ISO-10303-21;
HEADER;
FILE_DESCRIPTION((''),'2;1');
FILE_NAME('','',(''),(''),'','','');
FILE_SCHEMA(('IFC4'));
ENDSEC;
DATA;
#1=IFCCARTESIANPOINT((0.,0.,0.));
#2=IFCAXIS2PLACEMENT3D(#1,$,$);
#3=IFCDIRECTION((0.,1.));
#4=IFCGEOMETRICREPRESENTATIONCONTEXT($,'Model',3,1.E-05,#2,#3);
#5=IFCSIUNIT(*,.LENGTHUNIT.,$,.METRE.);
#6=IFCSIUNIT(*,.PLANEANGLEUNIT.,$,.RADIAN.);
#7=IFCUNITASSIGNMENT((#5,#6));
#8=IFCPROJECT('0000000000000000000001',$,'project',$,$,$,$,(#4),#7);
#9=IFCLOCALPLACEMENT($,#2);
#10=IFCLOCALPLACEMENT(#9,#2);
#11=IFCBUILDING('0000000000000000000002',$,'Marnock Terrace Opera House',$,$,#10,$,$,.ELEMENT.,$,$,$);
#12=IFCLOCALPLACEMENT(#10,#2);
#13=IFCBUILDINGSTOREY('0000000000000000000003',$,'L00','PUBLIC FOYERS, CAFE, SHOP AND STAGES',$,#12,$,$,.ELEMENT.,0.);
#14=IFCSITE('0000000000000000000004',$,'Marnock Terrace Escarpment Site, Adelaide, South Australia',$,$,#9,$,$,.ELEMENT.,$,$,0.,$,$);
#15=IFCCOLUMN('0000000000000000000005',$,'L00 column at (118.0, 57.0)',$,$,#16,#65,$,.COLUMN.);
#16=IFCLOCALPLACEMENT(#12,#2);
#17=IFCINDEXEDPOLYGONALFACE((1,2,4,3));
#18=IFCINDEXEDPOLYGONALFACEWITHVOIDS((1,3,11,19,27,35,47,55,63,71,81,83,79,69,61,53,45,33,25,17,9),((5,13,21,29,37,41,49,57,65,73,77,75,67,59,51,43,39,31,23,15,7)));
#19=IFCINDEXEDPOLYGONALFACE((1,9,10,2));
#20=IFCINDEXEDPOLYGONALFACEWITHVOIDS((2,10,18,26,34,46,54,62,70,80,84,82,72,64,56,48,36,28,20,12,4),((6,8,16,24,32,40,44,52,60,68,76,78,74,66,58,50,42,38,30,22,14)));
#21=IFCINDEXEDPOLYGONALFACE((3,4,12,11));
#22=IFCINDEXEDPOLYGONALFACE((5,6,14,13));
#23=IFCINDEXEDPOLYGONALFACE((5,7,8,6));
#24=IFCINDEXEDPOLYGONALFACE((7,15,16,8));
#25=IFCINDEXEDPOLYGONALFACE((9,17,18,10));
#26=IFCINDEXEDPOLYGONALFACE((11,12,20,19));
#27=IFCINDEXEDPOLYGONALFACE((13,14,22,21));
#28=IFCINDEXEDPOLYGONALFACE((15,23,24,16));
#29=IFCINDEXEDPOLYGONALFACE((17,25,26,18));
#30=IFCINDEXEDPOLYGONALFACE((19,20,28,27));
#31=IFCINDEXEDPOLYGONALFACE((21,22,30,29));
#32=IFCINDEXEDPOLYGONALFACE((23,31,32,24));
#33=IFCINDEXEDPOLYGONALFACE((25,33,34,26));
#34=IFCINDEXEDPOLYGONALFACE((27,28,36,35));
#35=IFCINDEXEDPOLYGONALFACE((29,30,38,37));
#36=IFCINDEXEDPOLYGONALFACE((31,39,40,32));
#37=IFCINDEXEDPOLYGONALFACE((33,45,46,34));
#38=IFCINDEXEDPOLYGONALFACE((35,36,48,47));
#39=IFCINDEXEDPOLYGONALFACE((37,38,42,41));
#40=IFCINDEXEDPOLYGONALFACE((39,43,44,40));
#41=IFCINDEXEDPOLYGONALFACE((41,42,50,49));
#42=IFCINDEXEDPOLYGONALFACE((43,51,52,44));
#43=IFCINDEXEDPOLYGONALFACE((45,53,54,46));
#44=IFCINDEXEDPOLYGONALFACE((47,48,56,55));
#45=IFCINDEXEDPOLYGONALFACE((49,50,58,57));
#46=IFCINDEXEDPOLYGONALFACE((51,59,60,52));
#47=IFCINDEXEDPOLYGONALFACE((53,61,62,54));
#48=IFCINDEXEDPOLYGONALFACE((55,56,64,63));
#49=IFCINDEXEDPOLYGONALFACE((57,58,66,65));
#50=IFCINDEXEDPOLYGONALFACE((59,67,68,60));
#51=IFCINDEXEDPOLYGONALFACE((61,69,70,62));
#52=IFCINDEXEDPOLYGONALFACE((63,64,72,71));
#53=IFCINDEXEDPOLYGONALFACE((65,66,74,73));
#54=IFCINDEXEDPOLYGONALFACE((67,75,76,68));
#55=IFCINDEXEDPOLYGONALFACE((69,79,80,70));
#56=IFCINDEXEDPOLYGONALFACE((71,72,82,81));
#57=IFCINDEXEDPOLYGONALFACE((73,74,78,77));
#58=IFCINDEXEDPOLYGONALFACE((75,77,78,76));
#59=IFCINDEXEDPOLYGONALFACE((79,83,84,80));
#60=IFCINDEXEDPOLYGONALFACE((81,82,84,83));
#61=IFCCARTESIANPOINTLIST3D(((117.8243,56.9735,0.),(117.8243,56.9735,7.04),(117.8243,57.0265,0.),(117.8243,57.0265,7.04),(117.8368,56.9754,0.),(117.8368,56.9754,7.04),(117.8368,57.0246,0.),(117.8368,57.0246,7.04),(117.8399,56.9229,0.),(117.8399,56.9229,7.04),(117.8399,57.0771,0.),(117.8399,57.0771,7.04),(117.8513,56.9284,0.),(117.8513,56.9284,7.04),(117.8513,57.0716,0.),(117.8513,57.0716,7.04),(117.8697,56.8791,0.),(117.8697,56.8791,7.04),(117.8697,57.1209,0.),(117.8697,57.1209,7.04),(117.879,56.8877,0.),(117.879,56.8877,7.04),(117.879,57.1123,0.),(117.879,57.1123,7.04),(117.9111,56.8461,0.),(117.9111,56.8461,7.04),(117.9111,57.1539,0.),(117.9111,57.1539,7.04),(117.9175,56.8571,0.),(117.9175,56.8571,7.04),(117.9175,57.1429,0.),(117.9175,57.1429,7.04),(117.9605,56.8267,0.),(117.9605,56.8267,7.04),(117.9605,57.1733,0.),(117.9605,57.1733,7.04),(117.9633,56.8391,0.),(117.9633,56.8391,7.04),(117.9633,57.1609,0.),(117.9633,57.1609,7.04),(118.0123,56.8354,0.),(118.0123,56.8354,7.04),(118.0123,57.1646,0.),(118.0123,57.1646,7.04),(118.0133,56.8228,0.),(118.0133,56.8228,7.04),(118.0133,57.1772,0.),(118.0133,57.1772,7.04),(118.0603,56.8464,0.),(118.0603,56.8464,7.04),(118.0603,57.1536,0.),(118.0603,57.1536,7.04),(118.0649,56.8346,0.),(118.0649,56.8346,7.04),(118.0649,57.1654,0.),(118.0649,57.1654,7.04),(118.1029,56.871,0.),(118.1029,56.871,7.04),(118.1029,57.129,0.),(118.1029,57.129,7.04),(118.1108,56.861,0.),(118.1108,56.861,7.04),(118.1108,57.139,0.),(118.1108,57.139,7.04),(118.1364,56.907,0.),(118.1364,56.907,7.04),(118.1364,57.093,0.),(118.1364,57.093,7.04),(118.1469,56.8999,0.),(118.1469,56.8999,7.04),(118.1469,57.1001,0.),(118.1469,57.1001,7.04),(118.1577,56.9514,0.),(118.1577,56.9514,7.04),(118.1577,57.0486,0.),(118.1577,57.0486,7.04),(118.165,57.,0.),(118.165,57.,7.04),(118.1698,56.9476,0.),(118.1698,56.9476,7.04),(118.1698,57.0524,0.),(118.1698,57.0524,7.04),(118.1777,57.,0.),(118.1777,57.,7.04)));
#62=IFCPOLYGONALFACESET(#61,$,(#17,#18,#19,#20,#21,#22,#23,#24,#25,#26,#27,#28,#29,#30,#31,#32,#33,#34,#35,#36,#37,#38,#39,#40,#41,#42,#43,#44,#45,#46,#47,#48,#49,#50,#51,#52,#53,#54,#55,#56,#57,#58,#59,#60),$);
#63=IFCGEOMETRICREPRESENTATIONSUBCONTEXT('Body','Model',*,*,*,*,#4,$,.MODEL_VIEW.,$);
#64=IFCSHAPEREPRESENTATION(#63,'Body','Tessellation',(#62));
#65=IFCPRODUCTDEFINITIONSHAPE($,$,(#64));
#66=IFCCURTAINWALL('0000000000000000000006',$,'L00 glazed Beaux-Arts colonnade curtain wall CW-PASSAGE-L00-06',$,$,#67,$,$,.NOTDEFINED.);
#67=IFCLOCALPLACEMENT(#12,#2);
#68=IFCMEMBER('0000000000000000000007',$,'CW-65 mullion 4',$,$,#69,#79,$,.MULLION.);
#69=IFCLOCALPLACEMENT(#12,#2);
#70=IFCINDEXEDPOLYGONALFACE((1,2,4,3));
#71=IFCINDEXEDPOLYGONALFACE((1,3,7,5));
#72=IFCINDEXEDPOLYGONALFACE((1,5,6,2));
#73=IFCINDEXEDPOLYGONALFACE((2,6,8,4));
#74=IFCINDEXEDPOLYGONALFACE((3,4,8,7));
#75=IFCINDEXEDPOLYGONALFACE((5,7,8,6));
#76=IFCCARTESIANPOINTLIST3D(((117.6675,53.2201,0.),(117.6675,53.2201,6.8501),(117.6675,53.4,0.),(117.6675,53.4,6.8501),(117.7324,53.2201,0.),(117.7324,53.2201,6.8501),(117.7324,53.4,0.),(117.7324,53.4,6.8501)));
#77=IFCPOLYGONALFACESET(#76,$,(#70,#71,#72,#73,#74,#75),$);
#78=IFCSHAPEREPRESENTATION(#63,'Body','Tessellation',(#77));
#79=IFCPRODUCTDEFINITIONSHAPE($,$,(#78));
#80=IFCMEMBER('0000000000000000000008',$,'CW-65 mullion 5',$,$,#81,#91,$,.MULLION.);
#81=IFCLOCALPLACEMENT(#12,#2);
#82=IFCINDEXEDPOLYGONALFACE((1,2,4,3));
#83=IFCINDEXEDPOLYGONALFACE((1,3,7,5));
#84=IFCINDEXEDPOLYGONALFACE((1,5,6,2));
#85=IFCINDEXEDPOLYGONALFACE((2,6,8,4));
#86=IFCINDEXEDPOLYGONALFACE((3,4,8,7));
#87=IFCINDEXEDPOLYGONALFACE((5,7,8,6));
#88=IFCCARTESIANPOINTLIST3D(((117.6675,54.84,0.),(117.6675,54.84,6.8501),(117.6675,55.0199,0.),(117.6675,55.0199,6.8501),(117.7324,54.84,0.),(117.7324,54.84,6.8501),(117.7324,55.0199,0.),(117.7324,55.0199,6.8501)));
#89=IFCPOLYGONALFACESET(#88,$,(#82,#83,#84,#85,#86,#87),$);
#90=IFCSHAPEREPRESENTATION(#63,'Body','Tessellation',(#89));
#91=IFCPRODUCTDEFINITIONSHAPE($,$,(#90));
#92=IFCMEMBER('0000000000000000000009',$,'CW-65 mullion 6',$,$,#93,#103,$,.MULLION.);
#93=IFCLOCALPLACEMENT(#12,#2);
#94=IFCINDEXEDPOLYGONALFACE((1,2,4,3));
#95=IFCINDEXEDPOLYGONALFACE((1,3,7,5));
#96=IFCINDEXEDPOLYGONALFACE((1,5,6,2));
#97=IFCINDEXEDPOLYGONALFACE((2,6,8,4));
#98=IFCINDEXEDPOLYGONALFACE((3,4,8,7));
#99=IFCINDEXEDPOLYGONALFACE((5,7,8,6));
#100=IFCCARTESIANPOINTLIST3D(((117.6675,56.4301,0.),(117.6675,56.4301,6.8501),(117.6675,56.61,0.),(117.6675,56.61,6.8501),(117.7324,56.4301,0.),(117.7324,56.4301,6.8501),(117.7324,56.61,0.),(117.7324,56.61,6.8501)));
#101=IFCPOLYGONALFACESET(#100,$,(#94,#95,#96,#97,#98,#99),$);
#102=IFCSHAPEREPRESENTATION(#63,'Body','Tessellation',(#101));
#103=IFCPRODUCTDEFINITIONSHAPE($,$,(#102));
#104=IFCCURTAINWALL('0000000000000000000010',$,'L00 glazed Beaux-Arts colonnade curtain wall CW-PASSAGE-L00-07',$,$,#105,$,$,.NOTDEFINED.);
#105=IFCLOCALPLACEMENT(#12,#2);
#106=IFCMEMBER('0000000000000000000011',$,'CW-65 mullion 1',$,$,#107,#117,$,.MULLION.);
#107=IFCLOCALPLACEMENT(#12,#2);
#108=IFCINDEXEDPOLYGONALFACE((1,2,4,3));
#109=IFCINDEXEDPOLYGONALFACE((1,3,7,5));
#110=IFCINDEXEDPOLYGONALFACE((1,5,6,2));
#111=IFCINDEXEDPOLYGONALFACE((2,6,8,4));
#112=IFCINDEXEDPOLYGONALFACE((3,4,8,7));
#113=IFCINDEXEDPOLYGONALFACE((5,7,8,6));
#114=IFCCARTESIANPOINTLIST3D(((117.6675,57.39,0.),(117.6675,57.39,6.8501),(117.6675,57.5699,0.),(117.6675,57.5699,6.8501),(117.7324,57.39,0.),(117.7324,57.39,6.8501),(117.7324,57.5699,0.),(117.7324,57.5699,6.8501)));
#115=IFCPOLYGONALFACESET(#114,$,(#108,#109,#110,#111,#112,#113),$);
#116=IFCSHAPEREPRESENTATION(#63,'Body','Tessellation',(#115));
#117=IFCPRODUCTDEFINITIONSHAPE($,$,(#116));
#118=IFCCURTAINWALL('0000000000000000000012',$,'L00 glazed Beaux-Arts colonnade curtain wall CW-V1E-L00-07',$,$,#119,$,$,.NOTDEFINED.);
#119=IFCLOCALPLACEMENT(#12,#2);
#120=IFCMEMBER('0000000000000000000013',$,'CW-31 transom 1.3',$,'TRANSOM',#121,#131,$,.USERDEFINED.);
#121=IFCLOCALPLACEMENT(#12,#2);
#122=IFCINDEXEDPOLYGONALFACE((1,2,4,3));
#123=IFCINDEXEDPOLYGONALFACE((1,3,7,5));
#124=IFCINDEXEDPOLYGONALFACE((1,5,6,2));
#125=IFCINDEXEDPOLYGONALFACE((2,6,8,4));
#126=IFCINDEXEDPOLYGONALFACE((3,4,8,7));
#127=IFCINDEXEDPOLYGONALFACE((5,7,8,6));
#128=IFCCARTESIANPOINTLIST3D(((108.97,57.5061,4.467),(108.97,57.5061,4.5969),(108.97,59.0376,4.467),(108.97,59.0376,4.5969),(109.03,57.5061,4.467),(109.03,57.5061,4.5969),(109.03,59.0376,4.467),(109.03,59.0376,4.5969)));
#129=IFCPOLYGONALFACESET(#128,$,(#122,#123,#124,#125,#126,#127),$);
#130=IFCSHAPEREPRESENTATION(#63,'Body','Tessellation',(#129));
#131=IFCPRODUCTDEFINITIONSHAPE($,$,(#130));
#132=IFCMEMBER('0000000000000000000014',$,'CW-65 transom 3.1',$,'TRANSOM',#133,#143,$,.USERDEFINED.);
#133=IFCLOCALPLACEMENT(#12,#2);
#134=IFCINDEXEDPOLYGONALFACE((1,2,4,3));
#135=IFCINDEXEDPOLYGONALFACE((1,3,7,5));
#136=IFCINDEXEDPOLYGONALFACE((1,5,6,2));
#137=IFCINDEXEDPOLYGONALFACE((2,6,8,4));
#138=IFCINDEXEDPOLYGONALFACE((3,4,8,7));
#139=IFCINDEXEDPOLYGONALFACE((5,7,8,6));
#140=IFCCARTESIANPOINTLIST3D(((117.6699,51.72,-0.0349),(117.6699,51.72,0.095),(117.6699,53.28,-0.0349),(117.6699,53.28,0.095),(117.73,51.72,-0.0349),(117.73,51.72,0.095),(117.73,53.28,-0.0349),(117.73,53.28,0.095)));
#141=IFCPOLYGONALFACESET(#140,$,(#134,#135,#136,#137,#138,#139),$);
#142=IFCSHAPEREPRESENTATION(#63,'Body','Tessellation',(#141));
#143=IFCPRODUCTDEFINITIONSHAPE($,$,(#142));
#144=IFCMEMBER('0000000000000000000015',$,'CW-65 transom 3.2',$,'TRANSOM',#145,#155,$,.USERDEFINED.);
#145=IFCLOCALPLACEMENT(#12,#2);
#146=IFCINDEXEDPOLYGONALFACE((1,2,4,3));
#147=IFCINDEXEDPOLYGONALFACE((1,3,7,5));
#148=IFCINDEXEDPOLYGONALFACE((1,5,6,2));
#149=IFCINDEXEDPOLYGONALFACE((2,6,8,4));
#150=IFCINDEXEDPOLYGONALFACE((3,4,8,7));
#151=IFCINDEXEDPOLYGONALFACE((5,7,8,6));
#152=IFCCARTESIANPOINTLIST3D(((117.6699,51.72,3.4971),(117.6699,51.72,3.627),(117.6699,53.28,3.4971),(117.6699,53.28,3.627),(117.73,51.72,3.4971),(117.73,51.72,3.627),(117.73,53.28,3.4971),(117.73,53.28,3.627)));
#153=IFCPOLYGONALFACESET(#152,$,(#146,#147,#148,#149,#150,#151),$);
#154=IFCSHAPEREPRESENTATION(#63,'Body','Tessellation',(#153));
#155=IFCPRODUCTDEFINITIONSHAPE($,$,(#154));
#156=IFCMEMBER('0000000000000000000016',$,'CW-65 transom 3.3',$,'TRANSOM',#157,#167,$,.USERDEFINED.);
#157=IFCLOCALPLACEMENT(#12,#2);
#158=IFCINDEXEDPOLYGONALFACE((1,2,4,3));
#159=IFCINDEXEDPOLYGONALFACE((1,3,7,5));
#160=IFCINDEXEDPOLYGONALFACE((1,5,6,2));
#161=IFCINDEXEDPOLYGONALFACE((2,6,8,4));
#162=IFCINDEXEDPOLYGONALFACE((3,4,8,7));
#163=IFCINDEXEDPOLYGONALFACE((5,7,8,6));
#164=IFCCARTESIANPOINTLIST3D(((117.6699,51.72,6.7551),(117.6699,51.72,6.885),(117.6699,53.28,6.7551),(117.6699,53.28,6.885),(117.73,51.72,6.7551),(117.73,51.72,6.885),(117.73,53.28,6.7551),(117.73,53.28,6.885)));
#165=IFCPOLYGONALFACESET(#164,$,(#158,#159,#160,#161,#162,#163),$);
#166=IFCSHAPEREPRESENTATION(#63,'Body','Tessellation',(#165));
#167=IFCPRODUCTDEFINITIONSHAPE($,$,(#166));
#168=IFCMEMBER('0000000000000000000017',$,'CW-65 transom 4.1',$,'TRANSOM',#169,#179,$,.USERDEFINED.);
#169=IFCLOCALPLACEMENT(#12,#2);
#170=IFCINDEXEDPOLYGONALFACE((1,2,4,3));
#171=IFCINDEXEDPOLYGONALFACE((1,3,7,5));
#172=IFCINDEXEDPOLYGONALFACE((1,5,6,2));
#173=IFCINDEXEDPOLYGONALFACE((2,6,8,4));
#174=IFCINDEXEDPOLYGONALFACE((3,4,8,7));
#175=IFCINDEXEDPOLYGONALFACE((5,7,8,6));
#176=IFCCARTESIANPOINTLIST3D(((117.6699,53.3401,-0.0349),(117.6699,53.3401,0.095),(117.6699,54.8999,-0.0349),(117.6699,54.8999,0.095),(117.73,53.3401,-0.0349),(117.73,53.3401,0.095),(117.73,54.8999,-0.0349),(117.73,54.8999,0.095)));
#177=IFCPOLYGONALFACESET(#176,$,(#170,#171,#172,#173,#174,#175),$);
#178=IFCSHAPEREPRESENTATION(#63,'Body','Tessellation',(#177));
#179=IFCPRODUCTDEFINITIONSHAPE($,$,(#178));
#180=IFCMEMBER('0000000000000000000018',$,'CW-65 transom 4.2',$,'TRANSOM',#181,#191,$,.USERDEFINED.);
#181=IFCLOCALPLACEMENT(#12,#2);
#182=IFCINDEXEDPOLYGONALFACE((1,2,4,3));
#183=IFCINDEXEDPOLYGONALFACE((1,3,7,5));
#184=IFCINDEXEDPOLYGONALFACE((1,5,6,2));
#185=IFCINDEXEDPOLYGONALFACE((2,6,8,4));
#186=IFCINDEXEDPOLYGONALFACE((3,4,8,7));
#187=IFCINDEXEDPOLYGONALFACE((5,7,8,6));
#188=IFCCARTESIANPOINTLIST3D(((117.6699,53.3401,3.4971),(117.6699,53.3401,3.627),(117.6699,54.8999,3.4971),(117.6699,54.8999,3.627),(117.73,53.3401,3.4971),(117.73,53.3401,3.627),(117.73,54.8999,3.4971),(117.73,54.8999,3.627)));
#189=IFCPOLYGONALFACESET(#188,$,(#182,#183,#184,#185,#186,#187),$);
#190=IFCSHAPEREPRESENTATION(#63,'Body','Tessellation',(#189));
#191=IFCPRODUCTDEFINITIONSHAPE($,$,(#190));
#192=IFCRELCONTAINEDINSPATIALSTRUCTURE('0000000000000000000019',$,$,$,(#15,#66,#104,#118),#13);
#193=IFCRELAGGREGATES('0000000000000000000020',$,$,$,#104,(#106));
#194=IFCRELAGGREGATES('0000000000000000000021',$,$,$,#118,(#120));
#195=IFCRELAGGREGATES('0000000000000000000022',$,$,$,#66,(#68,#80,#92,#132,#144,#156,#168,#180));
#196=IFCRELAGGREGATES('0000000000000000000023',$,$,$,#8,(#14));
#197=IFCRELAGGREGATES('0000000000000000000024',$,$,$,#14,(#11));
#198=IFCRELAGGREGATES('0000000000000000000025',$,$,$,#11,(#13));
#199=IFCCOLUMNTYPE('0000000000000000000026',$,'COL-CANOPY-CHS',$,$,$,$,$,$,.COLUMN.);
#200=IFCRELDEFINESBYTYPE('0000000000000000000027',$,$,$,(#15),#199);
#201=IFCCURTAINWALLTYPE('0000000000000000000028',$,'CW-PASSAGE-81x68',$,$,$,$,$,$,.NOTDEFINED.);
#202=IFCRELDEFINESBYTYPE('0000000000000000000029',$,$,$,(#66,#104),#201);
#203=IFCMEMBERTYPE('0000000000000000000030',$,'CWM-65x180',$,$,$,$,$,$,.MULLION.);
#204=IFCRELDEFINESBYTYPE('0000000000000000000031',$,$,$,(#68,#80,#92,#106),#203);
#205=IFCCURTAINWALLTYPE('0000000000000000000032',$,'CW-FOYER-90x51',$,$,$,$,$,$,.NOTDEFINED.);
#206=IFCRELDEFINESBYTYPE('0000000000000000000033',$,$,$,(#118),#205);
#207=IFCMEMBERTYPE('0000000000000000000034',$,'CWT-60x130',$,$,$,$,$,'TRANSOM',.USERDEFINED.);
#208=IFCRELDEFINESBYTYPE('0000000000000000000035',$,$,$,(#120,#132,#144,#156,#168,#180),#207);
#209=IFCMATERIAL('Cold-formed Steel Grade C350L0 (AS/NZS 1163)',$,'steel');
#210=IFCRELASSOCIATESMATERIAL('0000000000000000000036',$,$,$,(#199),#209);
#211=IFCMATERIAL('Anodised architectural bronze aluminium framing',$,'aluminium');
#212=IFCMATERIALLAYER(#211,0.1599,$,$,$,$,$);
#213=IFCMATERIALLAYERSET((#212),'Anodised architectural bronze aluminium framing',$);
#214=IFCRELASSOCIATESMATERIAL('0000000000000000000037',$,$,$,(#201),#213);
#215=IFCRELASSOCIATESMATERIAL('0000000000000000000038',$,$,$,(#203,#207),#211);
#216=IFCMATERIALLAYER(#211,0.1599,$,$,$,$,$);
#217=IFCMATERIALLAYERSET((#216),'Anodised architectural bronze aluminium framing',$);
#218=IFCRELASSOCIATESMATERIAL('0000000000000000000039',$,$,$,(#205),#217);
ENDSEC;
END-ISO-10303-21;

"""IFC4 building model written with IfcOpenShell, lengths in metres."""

from ifc_helpers import new_model, si_unit, direction, frame, origin, origin_2d, place, context, subcontext, project, spatial, rectangle, hollow_circle, extrude, material, layer, layer_set, material_profile, profile_set, type_object, element, aggregate, save


model = new_model("IFC4")

# Units and contexts
model_context = context("Model", 3, precision=1e-05, world=origin(), true_north=direction((0.0, 1.0)))
body_context = subcontext(model_context, "Body", "Model", "MODEL_VIEW")
ifc_project = project(units=[si_unit("LENGTHUNIT", "METRE"), si_unit("PLANEANGLEUNIT", "RADIAN")], contexts=[model_context])

# Site, building, storey
site_placement = place(None, origin())
site = spatial("IfcSite", under=ifc_project, at=site_placement, Name="Marnock Terrace Escarpment Site, Adelaide, South Australia", CompositionType="ELEMENT", RefElevation=0.0)
building_placement = place(site_placement, origin())
building = spatial("IfcBuilding", under=site, at=building_placement, Name="Marnock Terrace Opera House", CompositionType="ELEMENT")
storey_placement = place(building_placement, origin())
storey = spatial("IfcBuildingStorey", under=building, at=storey_placement, Name="L00", Description="PUBLIC FOYERS, CAFE, SHOP AND STAGES", CompositionType="ELEMENT", Elevation=0.0)

# Column
ifc_material_1 = material(Name="Cold-formed Steel Grade C350L0 (AS/NZS 1163)", Category="steel")
ifc_material_profile_1 = material_profile(ifc_material_1, hollow_circle(Radius=0.1777, WallThickness=0.0127, at=origin_2d()))
ifc_profile_set_1 = profile_set([ifc_material_profile_1], Name="Cold-formed Steel Grade C350L0 (AS/NZS 1163)")
column_type = type_object("IfcColumnType", Name="COL-CANOPY-CHS", PredefinedType="COLUMN", material=ifc_profile_set_1)
column_placement = place(storey_placement, frame((118.0, 57.0, 0.0), z_axis=(0.0, 0.0, 1.0), x_axis=(1.0, 0.0, 0.0)))
element("IfcColumn", 1, at=column_placement, inside=storey, type_object=column_type, Name="L00 column at (118.0, 57.0)", PredefinedType="COLUMN", context=body_context, shape_type="SweptSolid", body=[
    extrude(hollow_circle(Radius=0.1777, WallThickness=0.0127, at=origin_2d()), origin(), (0.0, 0.0, 1.0), 7.04),
])

# Curtain wall, members
ifc_material_2 = material(Name="Anodised architectural bronze aluminium framing", Category="aluminium")
ifc_layer_1 = layer(ifc_material_2, 0.1599)
ifc_layer_set_1 = layer_set([ifc_layer_1], Name="Anodised architectural bronze aluminium framing")
curtain_wall_type_1 = type_object("IfcCurtainWallType", Name="CW-PASSAGE-81x68", PredefinedType="NOTDEFINED", material=ifc_layer_set_1)
curtain_wall_1_placement = place(storey_placement, origin())
curtain_wall_1 = element("IfcCurtainWall", 2, at=curtain_wall_1_placement, inside=storey, type_object=curtain_wall_type_1, Name="L00 glazed Beaux-Arts colonnade curtain wall CW-PASSAGE-L00-06", PredefinedType="NOTDEFINED")
ifc_material_profile_2 = material_profile(ifc_material_2, rectangle(XDim=0.0649, YDim=0.1799, at=origin_2d()))
ifc_profile_set_2 = profile_set([ifc_material_profile_2], Name="Anodised architectural bronze aluminium framing")
member_type_1 = type_object("IfcMemberType", Name="CWM-65x180", PredefinedType="MULLION", material=ifc_profile_set_2)
member_1_placement = place(storey_placement, frame((117.7, 53.3101, 0.0), z_axis=(0.0, 0.0, 1.0), x_axis=(-1.0, 0.0, 0.0)))
member_1 = element("IfcMember", 3, at=member_1_placement, type_object=member_type_1, Name="CW-65 mullion 4", PredefinedType="MULLION", context=body_context, shape_type="SweptSolid", body=[
    extrude(rectangle(XDim=0.0649, YDim=0.1799, at=origin_2d()), origin(), (0.0, 0.0, 1.0), 6.8501),
])
member_2_placement = place(storey_placement, frame((117.7, 54.9299, 0.0), z_axis=(0.0, 0.0, 1.0), x_axis=(-1.0, 0.0, 0.0)))
member_2 = element("IfcMember", 4, at=member_2_placement, type_object=member_type_1, Name="CW-65 mullion 5", PredefinedType="MULLION", context=body_context, shape_type="SweptSolid", body=[
    extrude(rectangle(XDim=0.0649, YDim=0.1799, at=origin_2d()), origin(), (0.0, 0.0, 1.0), 6.8501),
])
member_3_placement = place(storey_placement, frame((117.7, 56.52, 0.0), z_axis=(0.0, 0.0, 1.0), x_axis=(-1.0, 0.0, 0.0)))
member_3 = element("IfcMember", 5, at=member_3_placement, type_object=member_type_1, Name="CW-65 mullion 6", PredefinedType="MULLION", context=body_context, shape_type="SweptSolid", body=[
    extrude(rectangle(XDim=0.0649, YDim=0.1799, at=origin_2d()), origin(), (0.0, 0.0, 1.0), 6.8501),
])

# Curtain walls, members
curtain_wall_2_placement = place(storey_placement, origin())
curtain_wall_2 = element("IfcCurtainWall", 6, at=curtain_wall_2_placement, inside=storey, type_object=curtain_wall_type_1, Name="L00 glazed Beaux-Arts colonnade curtain wall CW-PASSAGE-L00-07", PredefinedType="NOTDEFINED")
member_4_placement = place(storey_placement, frame((117.7, 57.48, 0.0), z_axis=(0.0, 0.0, 1.0), x_axis=(-1.0, 0.0, 0.0)))
member_4 = element("IfcMember", 7, at=member_4_placement, type_object=member_type_1, Name="CW-65 mullion 1", PredefinedType="MULLION", context=body_context, shape_type="SweptSolid", body=[
    extrude(rectangle(XDim=0.0649, YDim=0.1799, at=origin_2d()), origin(), (0.0, 0.0, 1.0), 6.8501),
])
aggregate(curtain_wall_2, [member_4])
ifc_layer_2 = layer(ifc_material_2, 0.1599)
ifc_layer_set_2 = layer_set([ifc_layer_2], Name="Anodised architectural bronze aluminium framing")
curtain_wall_type_2 = type_object("IfcCurtainWallType", Name="CW-FOYER-90x51", PredefinedType="NOTDEFINED", material=ifc_layer_set_2)
curtain_wall_3_placement = place(storey_placement, origin())
curtain_wall_3 = element("IfcCurtainWall", 8, at=curtain_wall_3_placement, inside=storey, type_object=curtain_wall_type_2, Name="L00 glazed Beaux-Arts colonnade curtain wall CW-V1E-L00-07", PredefinedType="NOTDEFINED")
ifc_material_profile_3 = material_profile(ifc_material_2, rectangle(XDim=0.0601, YDim=0.1299, at=origin_2d()))
ifc_profile_set_3 = profile_set([ifc_material_profile_3], Name="Anodised architectural bronze aluminium framing")
member_type_2 = type_object("IfcMemberType", Name="CWT-60x130", ElementType="TRANSOM", PredefinedType="USERDEFINED", material=ifc_profile_set_3)
member_5_placement = place(storey_placement, frame((109.0, 57.5061, 4.532), z_axis=(0.0, 1.0, 0.0), x_axis=(-1.0, 0.0, 0.0)))
member_5 = element("IfcMember", 9, at=member_5_placement, type_object=member_type_2, Name="CW-31 transom 1.3", ObjectType="TRANSOM", PredefinedType="USERDEFINED", context=body_context, shape_type="SweptSolid", body=[
    extrude(rectangle(XDim=0.0601, YDim=0.1299, at=origin_2d()), origin(), (0.0, 0.0, 1.0), 1.5315),
])
aggregate(curtain_wall_3, [member_5])

# Members
member_6_placement = place(storey_placement, frame((117.7, 51.72, 0.03), z_axis=(0.0, 1.0, 0.0), x_axis=(-1.0, 0.0, 0.0)))
member_6 = element("IfcMember", 10, at=member_6_placement, type_object=member_type_2, Name="CW-65 transom 3.1", ObjectType="TRANSOM", PredefinedType="USERDEFINED", context=body_context, shape_type="SweptSolid", body=[
    extrude(rectangle(XDim=0.0601, YDim=0.1299, at=origin_2d()), origin(), (0.0, 0.0, 1.0), 1.5601),
])
member_7_placement = place(storey_placement, frame((117.7, 51.72, 3.562), z_axis=(0.0, 1.0, 0.0), x_axis=(-1.0, 0.0, 0.0)))
member_7 = element("IfcMember", 11, at=member_7_placement, type_object=member_type_2, Name="CW-65 transom 3.2", ObjectType="TRANSOM", PredefinedType="USERDEFINED", context=body_context, shape_type="SweptSolid", body=[
    extrude(rectangle(XDim=0.0601, YDim=0.1299, at=origin_2d()), origin(), (0.0, 0.0, 1.0), 1.5601),
])
member_8_placement = place(storey_placement, frame((117.7, 51.72, 6.8201), z_axis=(0.0, 1.0, 0.0), x_axis=(-1.0, 0.0, 0.0)))
member_8 = element("IfcMember", 12, at=member_8_placement, type_object=member_type_2, Name="CW-65 transom 3.3", ObjectType="TRANSOM", PredefinedType="USERDEFINED", context=body_context, shape_type="SweptSolid", body=[
    extrude(rectangle(XDim=0.0601, YDim=0.1299, at=origin_2d()), origin(), (0.0, 0.0, 1.0), 1.5601),
])
member_9_placement = place(storey_placement, frame((117.7, 53.3401, 0.03), z_axis=(0.0, 1.0, 0.0), x_axis=(-1.0, 0.0, 0.0)))
member_9 = element("IfcMember", 13, at=member_9_placement, type_object=member_type_2, Name="CW-65 transom 4.1", ObjectType="TRANSOM", PredefinedType="USERDEFINED", context=body_context, shape_type="SweptSolid", body=[
    extrude(rectangle(XDim=0.0601, YDim=0.1299, at=origin_2d()), origin(), (0.0, 0.0, 1.0), 1.5598),
])
member_10_placement = place(storey_placement, frame((117.7, 53.3401, 3.562), z_axis=(0.0, 1.0, 0.0), x_axis=(-1.0, 0.0, 0.0)))
member_10 = element("IfcMember", 14, at=member_10_placement, type_object=member_type_2, Name="CW-65 transom 4.2", ObjectType="TRANSOM", PredefinedType="USERDEFINED", context=body_context, shape_type="SweptSolid", body=[
    extrude(rectangle(XDim=0.0601, YDim=0.1299, at=origin_2d()), origin(), (0.0, 0.0, 1.0), 1.5598),
])

aggregate(curtain_wall_1, [member_1, member_2, member_3, member_6, member_7, member_8, member_9, member_10])

save(model, "model.ifc")
